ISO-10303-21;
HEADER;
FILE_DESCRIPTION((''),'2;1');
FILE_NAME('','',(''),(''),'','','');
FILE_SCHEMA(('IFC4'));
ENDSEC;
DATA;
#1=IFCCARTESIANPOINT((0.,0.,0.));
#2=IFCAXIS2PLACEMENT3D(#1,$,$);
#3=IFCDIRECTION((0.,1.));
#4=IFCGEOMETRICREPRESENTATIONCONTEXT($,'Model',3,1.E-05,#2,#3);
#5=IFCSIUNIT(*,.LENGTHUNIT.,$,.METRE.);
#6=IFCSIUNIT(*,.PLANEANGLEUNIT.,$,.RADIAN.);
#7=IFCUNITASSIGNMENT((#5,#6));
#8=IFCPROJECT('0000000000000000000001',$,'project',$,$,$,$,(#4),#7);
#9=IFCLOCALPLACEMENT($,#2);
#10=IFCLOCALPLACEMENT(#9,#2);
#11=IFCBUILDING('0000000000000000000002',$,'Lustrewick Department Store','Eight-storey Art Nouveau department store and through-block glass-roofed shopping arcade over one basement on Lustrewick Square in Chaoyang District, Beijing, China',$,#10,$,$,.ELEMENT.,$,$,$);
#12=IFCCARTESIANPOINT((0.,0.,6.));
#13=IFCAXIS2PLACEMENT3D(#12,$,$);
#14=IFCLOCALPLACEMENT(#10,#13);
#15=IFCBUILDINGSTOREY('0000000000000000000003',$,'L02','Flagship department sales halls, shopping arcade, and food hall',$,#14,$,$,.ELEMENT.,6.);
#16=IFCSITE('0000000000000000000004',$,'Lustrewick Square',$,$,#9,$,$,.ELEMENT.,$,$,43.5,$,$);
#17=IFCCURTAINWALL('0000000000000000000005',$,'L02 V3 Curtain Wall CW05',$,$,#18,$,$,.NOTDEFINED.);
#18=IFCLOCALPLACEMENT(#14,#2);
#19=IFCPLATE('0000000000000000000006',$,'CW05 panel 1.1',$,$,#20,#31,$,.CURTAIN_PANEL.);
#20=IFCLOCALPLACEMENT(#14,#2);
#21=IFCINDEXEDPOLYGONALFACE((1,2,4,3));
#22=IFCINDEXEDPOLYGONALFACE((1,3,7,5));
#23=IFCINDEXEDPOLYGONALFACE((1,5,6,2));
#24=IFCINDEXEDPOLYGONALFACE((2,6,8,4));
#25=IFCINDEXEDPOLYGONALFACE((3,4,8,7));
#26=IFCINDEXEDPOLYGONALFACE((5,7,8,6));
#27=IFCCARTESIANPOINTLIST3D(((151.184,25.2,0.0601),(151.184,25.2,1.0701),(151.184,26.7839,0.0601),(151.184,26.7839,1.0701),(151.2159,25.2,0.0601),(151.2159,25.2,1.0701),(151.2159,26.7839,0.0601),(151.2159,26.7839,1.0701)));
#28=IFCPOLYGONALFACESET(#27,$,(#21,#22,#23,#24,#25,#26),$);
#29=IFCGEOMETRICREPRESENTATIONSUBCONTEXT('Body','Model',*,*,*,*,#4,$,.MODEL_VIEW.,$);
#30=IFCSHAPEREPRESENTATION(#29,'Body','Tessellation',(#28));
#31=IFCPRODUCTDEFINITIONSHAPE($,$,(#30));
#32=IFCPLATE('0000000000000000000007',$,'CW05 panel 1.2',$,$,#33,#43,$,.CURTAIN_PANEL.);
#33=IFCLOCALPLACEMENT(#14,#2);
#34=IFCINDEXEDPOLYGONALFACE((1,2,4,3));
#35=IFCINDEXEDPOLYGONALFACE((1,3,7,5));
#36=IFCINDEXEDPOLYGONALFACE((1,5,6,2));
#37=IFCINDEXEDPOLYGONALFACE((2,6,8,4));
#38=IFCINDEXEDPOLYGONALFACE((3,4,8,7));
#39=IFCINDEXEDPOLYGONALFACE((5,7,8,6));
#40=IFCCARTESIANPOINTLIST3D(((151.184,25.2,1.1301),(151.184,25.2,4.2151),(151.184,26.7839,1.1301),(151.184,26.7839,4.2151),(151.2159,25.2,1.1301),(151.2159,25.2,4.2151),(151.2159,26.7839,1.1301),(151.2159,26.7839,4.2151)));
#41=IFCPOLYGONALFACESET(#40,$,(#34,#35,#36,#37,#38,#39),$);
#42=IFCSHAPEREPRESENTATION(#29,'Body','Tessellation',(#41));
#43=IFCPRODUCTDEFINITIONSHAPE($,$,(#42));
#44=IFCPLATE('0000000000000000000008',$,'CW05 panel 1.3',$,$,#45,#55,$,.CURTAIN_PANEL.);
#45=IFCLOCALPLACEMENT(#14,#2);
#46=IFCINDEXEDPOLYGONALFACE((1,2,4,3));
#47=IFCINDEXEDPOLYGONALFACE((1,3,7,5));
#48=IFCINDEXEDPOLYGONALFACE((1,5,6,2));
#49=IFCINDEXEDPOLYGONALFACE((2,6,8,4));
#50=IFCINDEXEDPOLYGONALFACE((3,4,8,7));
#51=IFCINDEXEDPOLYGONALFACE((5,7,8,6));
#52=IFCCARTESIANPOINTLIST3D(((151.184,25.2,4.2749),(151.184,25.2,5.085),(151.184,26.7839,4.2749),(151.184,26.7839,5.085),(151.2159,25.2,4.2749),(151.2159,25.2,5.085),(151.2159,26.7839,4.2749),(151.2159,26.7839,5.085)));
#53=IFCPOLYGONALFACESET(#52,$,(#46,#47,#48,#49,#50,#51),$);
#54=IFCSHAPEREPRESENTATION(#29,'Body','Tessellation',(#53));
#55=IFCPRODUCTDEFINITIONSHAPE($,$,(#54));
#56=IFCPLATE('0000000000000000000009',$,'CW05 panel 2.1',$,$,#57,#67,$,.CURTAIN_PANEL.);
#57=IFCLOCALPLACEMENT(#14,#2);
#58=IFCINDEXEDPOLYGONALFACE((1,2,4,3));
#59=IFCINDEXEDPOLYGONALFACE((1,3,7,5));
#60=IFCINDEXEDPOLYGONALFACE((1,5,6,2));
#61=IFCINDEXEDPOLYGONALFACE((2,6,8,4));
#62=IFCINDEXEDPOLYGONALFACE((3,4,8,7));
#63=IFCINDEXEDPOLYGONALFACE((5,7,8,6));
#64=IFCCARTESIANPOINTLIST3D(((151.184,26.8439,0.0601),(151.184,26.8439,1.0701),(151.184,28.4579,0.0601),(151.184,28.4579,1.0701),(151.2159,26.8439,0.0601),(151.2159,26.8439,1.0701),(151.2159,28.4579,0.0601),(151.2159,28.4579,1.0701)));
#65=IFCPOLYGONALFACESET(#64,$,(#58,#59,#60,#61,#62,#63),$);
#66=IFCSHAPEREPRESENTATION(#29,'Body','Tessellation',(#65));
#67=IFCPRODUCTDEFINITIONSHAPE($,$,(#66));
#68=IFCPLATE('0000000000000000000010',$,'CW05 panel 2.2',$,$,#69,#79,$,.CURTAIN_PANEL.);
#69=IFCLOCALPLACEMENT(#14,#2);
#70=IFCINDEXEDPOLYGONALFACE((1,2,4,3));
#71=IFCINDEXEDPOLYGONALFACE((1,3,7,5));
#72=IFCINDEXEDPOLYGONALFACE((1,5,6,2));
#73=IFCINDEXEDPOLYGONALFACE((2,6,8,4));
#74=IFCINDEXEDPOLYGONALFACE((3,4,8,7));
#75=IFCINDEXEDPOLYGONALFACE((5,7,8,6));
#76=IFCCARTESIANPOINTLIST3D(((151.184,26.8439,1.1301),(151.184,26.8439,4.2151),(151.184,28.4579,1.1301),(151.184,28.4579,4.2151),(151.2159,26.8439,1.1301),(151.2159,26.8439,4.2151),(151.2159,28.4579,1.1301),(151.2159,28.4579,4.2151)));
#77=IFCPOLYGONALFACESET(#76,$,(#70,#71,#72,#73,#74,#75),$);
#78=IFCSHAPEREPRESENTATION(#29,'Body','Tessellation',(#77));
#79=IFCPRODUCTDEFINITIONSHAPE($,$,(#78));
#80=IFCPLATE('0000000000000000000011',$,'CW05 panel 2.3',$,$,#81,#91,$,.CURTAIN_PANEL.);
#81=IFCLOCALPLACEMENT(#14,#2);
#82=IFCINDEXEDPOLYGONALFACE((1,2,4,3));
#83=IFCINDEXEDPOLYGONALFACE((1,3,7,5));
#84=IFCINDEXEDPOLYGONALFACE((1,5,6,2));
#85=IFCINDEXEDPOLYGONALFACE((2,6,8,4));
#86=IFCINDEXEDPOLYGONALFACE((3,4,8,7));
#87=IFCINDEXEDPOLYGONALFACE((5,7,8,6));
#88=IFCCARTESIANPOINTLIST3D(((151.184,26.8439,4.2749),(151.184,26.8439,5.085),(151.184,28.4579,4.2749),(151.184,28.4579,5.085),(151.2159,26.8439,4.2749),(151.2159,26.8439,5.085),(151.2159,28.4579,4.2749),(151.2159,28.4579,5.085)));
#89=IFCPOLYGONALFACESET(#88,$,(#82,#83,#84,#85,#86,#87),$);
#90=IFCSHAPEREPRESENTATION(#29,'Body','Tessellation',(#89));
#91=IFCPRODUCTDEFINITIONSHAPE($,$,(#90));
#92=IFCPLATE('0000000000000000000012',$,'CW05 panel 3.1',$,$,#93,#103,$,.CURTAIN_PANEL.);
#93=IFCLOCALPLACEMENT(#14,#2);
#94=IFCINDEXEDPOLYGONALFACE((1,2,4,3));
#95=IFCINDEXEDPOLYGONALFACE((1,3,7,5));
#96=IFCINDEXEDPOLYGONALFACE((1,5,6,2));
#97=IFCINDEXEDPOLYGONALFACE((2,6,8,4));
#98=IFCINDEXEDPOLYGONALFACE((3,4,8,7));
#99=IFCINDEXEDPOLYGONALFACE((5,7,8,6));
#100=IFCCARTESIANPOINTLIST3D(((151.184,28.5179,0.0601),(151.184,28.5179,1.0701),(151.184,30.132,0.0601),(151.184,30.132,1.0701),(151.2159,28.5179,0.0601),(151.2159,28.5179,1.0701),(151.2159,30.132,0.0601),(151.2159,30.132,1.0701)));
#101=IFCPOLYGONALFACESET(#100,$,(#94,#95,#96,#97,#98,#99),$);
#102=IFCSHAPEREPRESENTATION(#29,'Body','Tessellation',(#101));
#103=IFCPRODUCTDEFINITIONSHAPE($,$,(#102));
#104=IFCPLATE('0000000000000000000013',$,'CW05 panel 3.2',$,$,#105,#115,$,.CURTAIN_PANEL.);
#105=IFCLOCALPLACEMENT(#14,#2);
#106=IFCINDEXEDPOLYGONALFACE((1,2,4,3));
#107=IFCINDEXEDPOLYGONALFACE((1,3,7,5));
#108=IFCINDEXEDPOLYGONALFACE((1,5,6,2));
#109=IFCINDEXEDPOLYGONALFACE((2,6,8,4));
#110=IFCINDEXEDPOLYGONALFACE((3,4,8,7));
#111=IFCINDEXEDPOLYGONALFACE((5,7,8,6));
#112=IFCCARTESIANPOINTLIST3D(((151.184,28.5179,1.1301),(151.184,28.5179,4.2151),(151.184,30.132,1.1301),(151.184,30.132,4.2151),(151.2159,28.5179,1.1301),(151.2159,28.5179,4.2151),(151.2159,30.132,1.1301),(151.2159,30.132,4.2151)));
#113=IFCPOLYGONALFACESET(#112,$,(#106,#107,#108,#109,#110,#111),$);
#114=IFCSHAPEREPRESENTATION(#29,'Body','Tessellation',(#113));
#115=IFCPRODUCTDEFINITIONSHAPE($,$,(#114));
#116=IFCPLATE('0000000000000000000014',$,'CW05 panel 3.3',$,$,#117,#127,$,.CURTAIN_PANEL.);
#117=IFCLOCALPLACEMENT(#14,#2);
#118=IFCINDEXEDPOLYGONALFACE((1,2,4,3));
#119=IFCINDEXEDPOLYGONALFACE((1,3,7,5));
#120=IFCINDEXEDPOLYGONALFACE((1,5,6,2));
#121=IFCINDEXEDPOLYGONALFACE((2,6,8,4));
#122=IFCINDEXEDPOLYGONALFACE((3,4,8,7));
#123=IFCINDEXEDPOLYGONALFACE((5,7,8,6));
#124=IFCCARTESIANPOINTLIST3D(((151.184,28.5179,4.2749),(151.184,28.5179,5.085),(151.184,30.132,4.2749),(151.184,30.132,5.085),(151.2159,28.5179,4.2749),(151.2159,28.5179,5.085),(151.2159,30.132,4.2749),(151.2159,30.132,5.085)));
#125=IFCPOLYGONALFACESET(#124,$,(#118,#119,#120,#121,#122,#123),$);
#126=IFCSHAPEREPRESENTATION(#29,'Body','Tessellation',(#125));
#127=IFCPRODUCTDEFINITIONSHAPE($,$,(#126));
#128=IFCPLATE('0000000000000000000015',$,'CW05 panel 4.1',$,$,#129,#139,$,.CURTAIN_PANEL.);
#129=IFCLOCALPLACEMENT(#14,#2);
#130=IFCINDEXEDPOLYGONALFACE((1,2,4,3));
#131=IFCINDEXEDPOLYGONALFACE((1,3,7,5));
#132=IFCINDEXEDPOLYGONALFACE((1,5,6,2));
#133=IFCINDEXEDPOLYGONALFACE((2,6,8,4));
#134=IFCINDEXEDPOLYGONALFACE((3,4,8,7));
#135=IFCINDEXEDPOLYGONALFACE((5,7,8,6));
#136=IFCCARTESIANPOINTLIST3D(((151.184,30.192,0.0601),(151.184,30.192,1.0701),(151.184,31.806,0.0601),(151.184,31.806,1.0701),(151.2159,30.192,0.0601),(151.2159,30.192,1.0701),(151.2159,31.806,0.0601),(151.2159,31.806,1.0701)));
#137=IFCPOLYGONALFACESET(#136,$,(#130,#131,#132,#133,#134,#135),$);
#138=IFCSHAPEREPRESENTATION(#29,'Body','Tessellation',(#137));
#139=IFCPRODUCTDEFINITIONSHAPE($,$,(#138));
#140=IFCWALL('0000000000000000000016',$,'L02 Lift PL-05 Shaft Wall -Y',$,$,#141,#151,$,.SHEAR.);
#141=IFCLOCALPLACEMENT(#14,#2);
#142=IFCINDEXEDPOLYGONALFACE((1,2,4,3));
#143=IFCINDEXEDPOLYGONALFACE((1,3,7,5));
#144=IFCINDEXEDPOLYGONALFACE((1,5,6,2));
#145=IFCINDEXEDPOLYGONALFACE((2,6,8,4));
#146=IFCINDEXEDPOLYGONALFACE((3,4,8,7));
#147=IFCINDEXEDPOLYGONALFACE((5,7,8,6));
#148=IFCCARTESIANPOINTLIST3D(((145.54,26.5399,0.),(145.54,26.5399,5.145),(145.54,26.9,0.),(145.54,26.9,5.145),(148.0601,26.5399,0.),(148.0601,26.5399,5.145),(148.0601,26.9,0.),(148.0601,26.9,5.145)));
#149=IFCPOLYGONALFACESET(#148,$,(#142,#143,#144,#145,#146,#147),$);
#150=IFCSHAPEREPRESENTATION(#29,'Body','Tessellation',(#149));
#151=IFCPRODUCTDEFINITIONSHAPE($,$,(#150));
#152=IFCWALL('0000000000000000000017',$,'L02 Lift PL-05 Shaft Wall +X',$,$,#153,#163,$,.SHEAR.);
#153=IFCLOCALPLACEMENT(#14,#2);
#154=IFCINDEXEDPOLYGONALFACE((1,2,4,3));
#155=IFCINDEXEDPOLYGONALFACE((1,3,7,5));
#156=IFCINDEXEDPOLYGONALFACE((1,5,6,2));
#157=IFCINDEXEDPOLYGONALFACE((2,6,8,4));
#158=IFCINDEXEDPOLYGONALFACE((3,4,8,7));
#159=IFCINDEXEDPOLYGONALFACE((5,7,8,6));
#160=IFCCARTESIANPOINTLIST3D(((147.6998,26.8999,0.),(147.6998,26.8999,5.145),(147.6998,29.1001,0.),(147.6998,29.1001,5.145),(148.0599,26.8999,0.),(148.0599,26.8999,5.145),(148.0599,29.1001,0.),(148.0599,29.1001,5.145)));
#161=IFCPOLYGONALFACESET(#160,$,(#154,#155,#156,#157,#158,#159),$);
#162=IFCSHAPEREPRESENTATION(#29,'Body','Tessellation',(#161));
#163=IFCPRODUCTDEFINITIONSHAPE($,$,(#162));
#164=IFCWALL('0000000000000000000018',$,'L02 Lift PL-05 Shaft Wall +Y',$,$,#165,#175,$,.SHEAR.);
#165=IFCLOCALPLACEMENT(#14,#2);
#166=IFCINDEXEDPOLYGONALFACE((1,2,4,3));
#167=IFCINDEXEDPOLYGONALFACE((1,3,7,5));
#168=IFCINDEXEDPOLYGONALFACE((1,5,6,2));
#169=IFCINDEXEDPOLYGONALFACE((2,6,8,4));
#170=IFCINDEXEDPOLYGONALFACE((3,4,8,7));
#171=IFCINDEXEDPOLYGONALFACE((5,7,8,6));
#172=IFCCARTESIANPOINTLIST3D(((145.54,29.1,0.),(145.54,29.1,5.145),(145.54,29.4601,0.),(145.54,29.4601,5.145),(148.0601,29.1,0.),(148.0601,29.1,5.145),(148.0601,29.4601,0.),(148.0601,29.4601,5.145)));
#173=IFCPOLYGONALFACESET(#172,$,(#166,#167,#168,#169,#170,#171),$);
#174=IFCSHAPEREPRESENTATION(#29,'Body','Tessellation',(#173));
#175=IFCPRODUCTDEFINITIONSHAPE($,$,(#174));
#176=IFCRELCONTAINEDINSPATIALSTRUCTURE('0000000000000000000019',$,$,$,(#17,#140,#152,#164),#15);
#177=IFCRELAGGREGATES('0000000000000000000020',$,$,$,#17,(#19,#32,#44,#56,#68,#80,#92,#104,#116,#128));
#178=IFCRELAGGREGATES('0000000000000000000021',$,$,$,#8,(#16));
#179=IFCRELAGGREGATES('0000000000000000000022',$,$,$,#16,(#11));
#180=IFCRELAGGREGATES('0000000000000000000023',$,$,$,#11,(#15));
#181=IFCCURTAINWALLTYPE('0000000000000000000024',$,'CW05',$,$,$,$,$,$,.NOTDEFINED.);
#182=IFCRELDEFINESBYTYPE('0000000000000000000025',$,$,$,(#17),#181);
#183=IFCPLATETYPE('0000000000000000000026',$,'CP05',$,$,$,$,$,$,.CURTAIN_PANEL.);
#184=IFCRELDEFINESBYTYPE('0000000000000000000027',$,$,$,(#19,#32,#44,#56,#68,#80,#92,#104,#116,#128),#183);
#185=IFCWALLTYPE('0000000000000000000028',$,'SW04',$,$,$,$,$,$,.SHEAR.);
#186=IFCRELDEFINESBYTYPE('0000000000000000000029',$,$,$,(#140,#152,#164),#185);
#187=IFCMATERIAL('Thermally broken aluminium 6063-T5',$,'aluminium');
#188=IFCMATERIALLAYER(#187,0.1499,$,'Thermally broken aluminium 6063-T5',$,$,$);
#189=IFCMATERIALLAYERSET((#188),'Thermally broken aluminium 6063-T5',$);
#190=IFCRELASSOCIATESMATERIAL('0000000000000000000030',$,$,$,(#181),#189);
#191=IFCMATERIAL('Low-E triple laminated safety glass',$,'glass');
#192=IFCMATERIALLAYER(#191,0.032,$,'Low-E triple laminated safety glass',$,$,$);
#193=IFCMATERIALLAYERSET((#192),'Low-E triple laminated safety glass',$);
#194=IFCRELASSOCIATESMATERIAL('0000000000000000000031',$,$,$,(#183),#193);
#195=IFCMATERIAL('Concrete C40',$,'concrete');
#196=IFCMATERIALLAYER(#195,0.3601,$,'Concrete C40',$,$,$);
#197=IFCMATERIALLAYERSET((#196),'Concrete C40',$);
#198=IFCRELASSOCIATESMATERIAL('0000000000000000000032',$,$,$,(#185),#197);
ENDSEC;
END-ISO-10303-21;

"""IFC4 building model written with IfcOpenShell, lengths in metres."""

from ifc_helpers import new_model, si_unit, direction, frame, frame_2d, origin, origin_2d, place, context, subcontext, project, spatial, rectangle, extrude, material, layer, layer_set, type_object, element, aggregate, save


model = new_model("IFC4")

# Units and contexts
model_context = context("Model", 3, precision=1e-05, world=origin(), true_north=direction((0.0, 1.0)))
body_context = subcontext(model_context, "Body", "Model", "MODEL_VIEW")
ifc_project = project(units=[si_unit("LENGTHUNIT", "METRE"), si_unit("PLANEANGLEUNIT", "RADIAN")], contexts=[model_context])

# Site, building, storey
site_placement = place(None, origin())
site = spatial("IfcSite", under=ifc_project, at=site_placement, Name="Lustrewick Square", CompositionType="ELEMENT", RefElevation=43.5)
building_placement = place(site_placement, origin())
building = spatial("IfcBuilding", under=site, at=building_placement, Name="Lustrewick Department Store", Description="Eight-storey Art Nouveau department store and through-block glass-roofed shopping arcade over one basement on Lustrewick Square in Chaoyang District, Beijing, China", CompositionType="ELEMENT")
storey_placement = place(building_placement, frame((0.0, 0.0, 6.0)))
storey = spatial("IfcBuildingStorey", under=building, at=storey_placement, Name="L02", Description="Flagship department sales halls, shopping arcade, and food hall", CompositionType="ELEMENT", Elevation=6.0)

# Curtain wall
ifc_material_1 = material(Name="Thermally broken aluminium 6063-T5", Category="aluminium")
ifc_layer_1 = layer(ifc_material_1, 0.1499, Name="Thermally broken aluminium 6063-T5")
ifc_layer_set_1 = layer_set([ifc_layer_1], Name="Thermally broken aluminium 6063-T5")
curtain_wall_type = type_object("IfcCurtainWallType", Name="CW05", PredefinedType="NOTDEFINED", material=ifc_layer_set_1)
curtain_wall_placement = place(storey_placement, origin())
curtain_wall = element("IfcCurtainWall", 1, at=curtain_wall_placement, inside=storey, type_object=curtain_wall_type, Name="L02 V3 Curtain Wall CW05", PredefinedType="NOTDEFINED")

# Plates
ifc_material_2 = material(Name="Low-E triple laminated safety glass", Category="glass")
ifc_layer_2 = layer(ifc_material_2, 0.032, Name="Low-E triple laminated safety glass")
ifc_layer_set_2 = layer_set([ifc_layer_2], Name="Low-E triple laminated safety glass")
plate_type = type_object("IfcPlateType", Name="CP05", PredefinedType="CURTAIN_PANEL", material=ifc_layer_set_2)
plate_1_placement = place(storey_placement, frame((151.2, 25.9919, 0.0601), z_axis=(0.0, 0.0, 1.0), x_axis=(0.0, 1.0, 0.0)))
plate_1 = element("IfcPlate", 2, at=plate_1_placement, type_object=plate_type, Name="CW05 panel 1.1", PredefinedType="CURTAIN_PANEL", context=body_context, shape_type="SweptSolid", body=[
    extrude(rectangle(XDim=1.584, YDim=0.032, at=origin_2d()), origin(), (0.0, 0.0, 1.0), 1.01),
])
plate_2_placement = place(storey_placement, frame((151.2, 25.9919, 1.1301), z_axis=(0.0, 0.0, 1.0), x_axis=(0.0, 1.0, 0.0)))
plate_2 = element("IfcPlate", 3, at=plate_2_placement, type_object=plate_type, Name="CW05 panel 1.2", PredefinedType="CURTAIN_PANEL", context=body_context, shape_type="SweptSolid", body=[
    extrude(rectangle(XDim=1.584, YDim=0.032, at=origin_2d()), origin(), (0.0, 0.0, 1.0), 3.085),
])
plate_3_placement = place(storey_placement, frame((151.2, 25.9919, 4.2749), z_axis=(0.0, 0.0, 1.0), x_axis=(0.0, 1.0, 0.0)))
plate_3 = element("IfcPlate", 4, at=plate_3_placement, type_object=plate_type, Name="CW05 panel 1.3", PredefinedType="CURTAIN_PANEL", context=body_context, shape_type="SweptSolid", body=[
    extrude(rectangle(XDim=1.584, YDim=0.032, at=origin_2d()), origin(), (0.0, 0.0, 1.0), 0.8101),
])
plate_4_placement = place(storey_placement, frame((151.2, 27.6509, 0.0601), z_axis=(0.0, 0.0, 1.0), x_axis=(0.0, 1.0, 0.0)))
plate_4 = element("IfcPlate", 5, at=plate_4_placement, type_object=plate_type, Name="CW05 panel 2.1", PredefinedType="CURTAIN_PANEL", context=body_context, shape_type="SweptSolid", body=[
    extrude(rectangle(XDim=1.614, YDim=0.032, at=origin_2d()), origin(), (0.0, 0.0, 1.0), 1.01),
])
plate_5_placement = place(storey_placement, frame((151.2, 27.6509, 1.1301), z_axis=(0.0, 0.0, 1.0), x_axis=(0.0, 1.0, 0.0)))
plate_5 = element("IfcPlate", 6, at=plate_5_placement, type_object=plate_type, Name="CW05 panel 2.2", PredefinedType="CURTAIN_PANEL", context=body_context, shape_type="SweptSolid", body=[
    extrude(rectangle(XDim=1.614, YDim=0.032, at=origin_2d()), origin(), (0.0, 0.0, 1.0), 3.085),
])
plate_6_placement = place(storey_placement, frame((151.2, 27.6509, 4.2749), z_axis=(0.0, 0.0, 1.0), x_axis=(0.0, 1.0, 0.0)))
plate_6 = element("IfcPlate", 7, at=plate_6_placement, type_object=plate_type, Name="CW05 panel 2.3", PredefinedType="CURTAIN_PANEL", context=body_context, shape_type="SweptSolid", body=[
    extrude(rectangle(XDim=1.614, YDim=0.032, at=origin_2d()), origin(), (0.0, 0.0, 1.0), 0.8101),
])
plate_7_placement = place(storey_placement, frame((151.2, 29.325, 0.0601), z_axis=(0.0, 0.0, 1.0), x_axis=(0.0, 1.0, 0.0)))
plate_7 = element("IfcPlate", 8, at=plate_7_placement, type_object=plate_type, Name="CW05 panel 3.1", PredefinedType="CURTAIN_PANEL", context=body_context, shape_type="SweptSolid", body=[
    extrude(rectangle(XDim=1.614, YDim=0.032, at=origin_2d()), origin(), (0.0, 0.0, 1.0), 1.01),
])
plate_8_placement = place(storey_placement, frame((151.2, 29.325, 1.1301), z_axis=(0.0, 0.0, 1.0), x_axis=(0.0, 1.0, 0.0)))
plate_8 = element("IfcPlate", 9, at=plate_8_placement, type_object=plate_type, Name="CW05 panel 3.2", PredefinedType="CURTAIN_PANEL", context=body_context, shape_type="SweptSolid", body=[
    extrude(rectangle(XDim=1.614, YDim=0.032, at=origin_2d()), origin(), (0.0, 0.0, 1.0), 3.085),
])
plate_9_placement = place(storey_placement, frame((151.2, 29.325, 4.2749), z_axis=(0.0, 0.0, 1.0), x_axis=(0.0, 1.0, 0.0)))
plate_9 = element("IfcPlate", 10, at=plate_9_placement, type_object=plate_type, Name="CW05 panel 3.3", PredefinedType="CURTAIN_PANEL", context=body_context, shape_type="SweptSolid", body=[
    extrude(rectangle(XDim=1.614, YDim=0.032, at=origin_2d()), origin(), (0.0, 0.0, 1.0), 0.8101),
])
plate_10_placement = place(storey_placement, frame((151.2, 30.999, 0.0601), z_axis=(0.0, 0.0, 1.0), x_axis=(0.0, 1.0, 0.0)))
plate_10 = element("IfcPlate", 11, at=plate_10_placement, type_object=plate_type, Name="CW05 panel 4.1", PredefinedType="CURTAIN_PANEL", context=body_context, shape_type="SweptSolid", body=[
    extrude(rectangle(XDim=1.614, YDim=0.032, at=origin_2d()), origin(), (0.0, 0.0, 1.0), 1.01),
])
aggregate(curtain_wall, [plate_1, plate_2, plate_3, plate_4, plate_5, plate_6, plate_7, plate_8, plate_9, plate_10])

# Walls
ifc_material_3 = material(Name="Concrete C40", Category="concrete")
ifc_layer_3 = layer(ifc_material_3, 0.3601, Name="Concrete C40")
ifc_layer_set_3 = layer_set([ifc_layer_3], Name="Concrete C40")
wall_type = type_object("IfcWallType", Name="SW04", PredefinedType="SHEAR", material=ifc_layer_set_3)
wall_1_placement = place(storey_placement, frame((145.54, 26.72, 0.0), z_axis=(0.0, 0.0, 1.0), x_axis=(1.0, 0.0, 0.0)))
element("IfcWall", 12, at=wall_1_placement, inside=storey, type_object=wall_type, Name="L02 Lift PL-05 Shaft Wall -Y", PredefinedType="SHEAR", context=body_context, shape_type="SweptSolid", body=[
    extrude(rectangle(XDim=2.52, YDim=0.3601, at=frame_2d((1.26, 0.0))), origin(), (0.0, 0.0, 1.0), 5.145),
])
wall_2_placement = place(storey_placement, frame((147.8799, 26.8999, 0.0), z_axis=(0.0, 0.0, 1.0), x_axis=(0.0, 1.0, 0.0)))
element("IfcWall", 13, at=wall_2_placement, inside=storey, type_object=wall_type, Name="L02 Lift PL-05 Shaft Wall +X", PredefinedType="SHEAR", context=body_context, shape_type="SweptSolid", body=[
    extrude(rectangle(XDim=2.2002, YDim=0.3601, at=frame_2d((1.1001, 0.0))), origin(), (0.0, 0.0, 1.0), 5.145),
])
wall_3_placement = place(storey_placement, frame((148.0601, 29.28, 0.0), z_axis=(0.0, 0.0, 1.0), x_axis=(-1.0, 0.0, 0.0)))
element("IfcWall", 14, at=wall_3_placement, inside=storey, type_object=wall_type, Name="L02 Lift PL-05 Shaft Wall +Y", PredefinedType="SHEAR", context=body_context, shape_type="SweptSolid", body=[
    extrude(rectangle(XDim=2.52, YDim=0.3601, at=frame_2d((1.26, 0.0))), origin(), (0.0, 0.0, 1.0), 5.145),
])

save(model, "model.ifc")
